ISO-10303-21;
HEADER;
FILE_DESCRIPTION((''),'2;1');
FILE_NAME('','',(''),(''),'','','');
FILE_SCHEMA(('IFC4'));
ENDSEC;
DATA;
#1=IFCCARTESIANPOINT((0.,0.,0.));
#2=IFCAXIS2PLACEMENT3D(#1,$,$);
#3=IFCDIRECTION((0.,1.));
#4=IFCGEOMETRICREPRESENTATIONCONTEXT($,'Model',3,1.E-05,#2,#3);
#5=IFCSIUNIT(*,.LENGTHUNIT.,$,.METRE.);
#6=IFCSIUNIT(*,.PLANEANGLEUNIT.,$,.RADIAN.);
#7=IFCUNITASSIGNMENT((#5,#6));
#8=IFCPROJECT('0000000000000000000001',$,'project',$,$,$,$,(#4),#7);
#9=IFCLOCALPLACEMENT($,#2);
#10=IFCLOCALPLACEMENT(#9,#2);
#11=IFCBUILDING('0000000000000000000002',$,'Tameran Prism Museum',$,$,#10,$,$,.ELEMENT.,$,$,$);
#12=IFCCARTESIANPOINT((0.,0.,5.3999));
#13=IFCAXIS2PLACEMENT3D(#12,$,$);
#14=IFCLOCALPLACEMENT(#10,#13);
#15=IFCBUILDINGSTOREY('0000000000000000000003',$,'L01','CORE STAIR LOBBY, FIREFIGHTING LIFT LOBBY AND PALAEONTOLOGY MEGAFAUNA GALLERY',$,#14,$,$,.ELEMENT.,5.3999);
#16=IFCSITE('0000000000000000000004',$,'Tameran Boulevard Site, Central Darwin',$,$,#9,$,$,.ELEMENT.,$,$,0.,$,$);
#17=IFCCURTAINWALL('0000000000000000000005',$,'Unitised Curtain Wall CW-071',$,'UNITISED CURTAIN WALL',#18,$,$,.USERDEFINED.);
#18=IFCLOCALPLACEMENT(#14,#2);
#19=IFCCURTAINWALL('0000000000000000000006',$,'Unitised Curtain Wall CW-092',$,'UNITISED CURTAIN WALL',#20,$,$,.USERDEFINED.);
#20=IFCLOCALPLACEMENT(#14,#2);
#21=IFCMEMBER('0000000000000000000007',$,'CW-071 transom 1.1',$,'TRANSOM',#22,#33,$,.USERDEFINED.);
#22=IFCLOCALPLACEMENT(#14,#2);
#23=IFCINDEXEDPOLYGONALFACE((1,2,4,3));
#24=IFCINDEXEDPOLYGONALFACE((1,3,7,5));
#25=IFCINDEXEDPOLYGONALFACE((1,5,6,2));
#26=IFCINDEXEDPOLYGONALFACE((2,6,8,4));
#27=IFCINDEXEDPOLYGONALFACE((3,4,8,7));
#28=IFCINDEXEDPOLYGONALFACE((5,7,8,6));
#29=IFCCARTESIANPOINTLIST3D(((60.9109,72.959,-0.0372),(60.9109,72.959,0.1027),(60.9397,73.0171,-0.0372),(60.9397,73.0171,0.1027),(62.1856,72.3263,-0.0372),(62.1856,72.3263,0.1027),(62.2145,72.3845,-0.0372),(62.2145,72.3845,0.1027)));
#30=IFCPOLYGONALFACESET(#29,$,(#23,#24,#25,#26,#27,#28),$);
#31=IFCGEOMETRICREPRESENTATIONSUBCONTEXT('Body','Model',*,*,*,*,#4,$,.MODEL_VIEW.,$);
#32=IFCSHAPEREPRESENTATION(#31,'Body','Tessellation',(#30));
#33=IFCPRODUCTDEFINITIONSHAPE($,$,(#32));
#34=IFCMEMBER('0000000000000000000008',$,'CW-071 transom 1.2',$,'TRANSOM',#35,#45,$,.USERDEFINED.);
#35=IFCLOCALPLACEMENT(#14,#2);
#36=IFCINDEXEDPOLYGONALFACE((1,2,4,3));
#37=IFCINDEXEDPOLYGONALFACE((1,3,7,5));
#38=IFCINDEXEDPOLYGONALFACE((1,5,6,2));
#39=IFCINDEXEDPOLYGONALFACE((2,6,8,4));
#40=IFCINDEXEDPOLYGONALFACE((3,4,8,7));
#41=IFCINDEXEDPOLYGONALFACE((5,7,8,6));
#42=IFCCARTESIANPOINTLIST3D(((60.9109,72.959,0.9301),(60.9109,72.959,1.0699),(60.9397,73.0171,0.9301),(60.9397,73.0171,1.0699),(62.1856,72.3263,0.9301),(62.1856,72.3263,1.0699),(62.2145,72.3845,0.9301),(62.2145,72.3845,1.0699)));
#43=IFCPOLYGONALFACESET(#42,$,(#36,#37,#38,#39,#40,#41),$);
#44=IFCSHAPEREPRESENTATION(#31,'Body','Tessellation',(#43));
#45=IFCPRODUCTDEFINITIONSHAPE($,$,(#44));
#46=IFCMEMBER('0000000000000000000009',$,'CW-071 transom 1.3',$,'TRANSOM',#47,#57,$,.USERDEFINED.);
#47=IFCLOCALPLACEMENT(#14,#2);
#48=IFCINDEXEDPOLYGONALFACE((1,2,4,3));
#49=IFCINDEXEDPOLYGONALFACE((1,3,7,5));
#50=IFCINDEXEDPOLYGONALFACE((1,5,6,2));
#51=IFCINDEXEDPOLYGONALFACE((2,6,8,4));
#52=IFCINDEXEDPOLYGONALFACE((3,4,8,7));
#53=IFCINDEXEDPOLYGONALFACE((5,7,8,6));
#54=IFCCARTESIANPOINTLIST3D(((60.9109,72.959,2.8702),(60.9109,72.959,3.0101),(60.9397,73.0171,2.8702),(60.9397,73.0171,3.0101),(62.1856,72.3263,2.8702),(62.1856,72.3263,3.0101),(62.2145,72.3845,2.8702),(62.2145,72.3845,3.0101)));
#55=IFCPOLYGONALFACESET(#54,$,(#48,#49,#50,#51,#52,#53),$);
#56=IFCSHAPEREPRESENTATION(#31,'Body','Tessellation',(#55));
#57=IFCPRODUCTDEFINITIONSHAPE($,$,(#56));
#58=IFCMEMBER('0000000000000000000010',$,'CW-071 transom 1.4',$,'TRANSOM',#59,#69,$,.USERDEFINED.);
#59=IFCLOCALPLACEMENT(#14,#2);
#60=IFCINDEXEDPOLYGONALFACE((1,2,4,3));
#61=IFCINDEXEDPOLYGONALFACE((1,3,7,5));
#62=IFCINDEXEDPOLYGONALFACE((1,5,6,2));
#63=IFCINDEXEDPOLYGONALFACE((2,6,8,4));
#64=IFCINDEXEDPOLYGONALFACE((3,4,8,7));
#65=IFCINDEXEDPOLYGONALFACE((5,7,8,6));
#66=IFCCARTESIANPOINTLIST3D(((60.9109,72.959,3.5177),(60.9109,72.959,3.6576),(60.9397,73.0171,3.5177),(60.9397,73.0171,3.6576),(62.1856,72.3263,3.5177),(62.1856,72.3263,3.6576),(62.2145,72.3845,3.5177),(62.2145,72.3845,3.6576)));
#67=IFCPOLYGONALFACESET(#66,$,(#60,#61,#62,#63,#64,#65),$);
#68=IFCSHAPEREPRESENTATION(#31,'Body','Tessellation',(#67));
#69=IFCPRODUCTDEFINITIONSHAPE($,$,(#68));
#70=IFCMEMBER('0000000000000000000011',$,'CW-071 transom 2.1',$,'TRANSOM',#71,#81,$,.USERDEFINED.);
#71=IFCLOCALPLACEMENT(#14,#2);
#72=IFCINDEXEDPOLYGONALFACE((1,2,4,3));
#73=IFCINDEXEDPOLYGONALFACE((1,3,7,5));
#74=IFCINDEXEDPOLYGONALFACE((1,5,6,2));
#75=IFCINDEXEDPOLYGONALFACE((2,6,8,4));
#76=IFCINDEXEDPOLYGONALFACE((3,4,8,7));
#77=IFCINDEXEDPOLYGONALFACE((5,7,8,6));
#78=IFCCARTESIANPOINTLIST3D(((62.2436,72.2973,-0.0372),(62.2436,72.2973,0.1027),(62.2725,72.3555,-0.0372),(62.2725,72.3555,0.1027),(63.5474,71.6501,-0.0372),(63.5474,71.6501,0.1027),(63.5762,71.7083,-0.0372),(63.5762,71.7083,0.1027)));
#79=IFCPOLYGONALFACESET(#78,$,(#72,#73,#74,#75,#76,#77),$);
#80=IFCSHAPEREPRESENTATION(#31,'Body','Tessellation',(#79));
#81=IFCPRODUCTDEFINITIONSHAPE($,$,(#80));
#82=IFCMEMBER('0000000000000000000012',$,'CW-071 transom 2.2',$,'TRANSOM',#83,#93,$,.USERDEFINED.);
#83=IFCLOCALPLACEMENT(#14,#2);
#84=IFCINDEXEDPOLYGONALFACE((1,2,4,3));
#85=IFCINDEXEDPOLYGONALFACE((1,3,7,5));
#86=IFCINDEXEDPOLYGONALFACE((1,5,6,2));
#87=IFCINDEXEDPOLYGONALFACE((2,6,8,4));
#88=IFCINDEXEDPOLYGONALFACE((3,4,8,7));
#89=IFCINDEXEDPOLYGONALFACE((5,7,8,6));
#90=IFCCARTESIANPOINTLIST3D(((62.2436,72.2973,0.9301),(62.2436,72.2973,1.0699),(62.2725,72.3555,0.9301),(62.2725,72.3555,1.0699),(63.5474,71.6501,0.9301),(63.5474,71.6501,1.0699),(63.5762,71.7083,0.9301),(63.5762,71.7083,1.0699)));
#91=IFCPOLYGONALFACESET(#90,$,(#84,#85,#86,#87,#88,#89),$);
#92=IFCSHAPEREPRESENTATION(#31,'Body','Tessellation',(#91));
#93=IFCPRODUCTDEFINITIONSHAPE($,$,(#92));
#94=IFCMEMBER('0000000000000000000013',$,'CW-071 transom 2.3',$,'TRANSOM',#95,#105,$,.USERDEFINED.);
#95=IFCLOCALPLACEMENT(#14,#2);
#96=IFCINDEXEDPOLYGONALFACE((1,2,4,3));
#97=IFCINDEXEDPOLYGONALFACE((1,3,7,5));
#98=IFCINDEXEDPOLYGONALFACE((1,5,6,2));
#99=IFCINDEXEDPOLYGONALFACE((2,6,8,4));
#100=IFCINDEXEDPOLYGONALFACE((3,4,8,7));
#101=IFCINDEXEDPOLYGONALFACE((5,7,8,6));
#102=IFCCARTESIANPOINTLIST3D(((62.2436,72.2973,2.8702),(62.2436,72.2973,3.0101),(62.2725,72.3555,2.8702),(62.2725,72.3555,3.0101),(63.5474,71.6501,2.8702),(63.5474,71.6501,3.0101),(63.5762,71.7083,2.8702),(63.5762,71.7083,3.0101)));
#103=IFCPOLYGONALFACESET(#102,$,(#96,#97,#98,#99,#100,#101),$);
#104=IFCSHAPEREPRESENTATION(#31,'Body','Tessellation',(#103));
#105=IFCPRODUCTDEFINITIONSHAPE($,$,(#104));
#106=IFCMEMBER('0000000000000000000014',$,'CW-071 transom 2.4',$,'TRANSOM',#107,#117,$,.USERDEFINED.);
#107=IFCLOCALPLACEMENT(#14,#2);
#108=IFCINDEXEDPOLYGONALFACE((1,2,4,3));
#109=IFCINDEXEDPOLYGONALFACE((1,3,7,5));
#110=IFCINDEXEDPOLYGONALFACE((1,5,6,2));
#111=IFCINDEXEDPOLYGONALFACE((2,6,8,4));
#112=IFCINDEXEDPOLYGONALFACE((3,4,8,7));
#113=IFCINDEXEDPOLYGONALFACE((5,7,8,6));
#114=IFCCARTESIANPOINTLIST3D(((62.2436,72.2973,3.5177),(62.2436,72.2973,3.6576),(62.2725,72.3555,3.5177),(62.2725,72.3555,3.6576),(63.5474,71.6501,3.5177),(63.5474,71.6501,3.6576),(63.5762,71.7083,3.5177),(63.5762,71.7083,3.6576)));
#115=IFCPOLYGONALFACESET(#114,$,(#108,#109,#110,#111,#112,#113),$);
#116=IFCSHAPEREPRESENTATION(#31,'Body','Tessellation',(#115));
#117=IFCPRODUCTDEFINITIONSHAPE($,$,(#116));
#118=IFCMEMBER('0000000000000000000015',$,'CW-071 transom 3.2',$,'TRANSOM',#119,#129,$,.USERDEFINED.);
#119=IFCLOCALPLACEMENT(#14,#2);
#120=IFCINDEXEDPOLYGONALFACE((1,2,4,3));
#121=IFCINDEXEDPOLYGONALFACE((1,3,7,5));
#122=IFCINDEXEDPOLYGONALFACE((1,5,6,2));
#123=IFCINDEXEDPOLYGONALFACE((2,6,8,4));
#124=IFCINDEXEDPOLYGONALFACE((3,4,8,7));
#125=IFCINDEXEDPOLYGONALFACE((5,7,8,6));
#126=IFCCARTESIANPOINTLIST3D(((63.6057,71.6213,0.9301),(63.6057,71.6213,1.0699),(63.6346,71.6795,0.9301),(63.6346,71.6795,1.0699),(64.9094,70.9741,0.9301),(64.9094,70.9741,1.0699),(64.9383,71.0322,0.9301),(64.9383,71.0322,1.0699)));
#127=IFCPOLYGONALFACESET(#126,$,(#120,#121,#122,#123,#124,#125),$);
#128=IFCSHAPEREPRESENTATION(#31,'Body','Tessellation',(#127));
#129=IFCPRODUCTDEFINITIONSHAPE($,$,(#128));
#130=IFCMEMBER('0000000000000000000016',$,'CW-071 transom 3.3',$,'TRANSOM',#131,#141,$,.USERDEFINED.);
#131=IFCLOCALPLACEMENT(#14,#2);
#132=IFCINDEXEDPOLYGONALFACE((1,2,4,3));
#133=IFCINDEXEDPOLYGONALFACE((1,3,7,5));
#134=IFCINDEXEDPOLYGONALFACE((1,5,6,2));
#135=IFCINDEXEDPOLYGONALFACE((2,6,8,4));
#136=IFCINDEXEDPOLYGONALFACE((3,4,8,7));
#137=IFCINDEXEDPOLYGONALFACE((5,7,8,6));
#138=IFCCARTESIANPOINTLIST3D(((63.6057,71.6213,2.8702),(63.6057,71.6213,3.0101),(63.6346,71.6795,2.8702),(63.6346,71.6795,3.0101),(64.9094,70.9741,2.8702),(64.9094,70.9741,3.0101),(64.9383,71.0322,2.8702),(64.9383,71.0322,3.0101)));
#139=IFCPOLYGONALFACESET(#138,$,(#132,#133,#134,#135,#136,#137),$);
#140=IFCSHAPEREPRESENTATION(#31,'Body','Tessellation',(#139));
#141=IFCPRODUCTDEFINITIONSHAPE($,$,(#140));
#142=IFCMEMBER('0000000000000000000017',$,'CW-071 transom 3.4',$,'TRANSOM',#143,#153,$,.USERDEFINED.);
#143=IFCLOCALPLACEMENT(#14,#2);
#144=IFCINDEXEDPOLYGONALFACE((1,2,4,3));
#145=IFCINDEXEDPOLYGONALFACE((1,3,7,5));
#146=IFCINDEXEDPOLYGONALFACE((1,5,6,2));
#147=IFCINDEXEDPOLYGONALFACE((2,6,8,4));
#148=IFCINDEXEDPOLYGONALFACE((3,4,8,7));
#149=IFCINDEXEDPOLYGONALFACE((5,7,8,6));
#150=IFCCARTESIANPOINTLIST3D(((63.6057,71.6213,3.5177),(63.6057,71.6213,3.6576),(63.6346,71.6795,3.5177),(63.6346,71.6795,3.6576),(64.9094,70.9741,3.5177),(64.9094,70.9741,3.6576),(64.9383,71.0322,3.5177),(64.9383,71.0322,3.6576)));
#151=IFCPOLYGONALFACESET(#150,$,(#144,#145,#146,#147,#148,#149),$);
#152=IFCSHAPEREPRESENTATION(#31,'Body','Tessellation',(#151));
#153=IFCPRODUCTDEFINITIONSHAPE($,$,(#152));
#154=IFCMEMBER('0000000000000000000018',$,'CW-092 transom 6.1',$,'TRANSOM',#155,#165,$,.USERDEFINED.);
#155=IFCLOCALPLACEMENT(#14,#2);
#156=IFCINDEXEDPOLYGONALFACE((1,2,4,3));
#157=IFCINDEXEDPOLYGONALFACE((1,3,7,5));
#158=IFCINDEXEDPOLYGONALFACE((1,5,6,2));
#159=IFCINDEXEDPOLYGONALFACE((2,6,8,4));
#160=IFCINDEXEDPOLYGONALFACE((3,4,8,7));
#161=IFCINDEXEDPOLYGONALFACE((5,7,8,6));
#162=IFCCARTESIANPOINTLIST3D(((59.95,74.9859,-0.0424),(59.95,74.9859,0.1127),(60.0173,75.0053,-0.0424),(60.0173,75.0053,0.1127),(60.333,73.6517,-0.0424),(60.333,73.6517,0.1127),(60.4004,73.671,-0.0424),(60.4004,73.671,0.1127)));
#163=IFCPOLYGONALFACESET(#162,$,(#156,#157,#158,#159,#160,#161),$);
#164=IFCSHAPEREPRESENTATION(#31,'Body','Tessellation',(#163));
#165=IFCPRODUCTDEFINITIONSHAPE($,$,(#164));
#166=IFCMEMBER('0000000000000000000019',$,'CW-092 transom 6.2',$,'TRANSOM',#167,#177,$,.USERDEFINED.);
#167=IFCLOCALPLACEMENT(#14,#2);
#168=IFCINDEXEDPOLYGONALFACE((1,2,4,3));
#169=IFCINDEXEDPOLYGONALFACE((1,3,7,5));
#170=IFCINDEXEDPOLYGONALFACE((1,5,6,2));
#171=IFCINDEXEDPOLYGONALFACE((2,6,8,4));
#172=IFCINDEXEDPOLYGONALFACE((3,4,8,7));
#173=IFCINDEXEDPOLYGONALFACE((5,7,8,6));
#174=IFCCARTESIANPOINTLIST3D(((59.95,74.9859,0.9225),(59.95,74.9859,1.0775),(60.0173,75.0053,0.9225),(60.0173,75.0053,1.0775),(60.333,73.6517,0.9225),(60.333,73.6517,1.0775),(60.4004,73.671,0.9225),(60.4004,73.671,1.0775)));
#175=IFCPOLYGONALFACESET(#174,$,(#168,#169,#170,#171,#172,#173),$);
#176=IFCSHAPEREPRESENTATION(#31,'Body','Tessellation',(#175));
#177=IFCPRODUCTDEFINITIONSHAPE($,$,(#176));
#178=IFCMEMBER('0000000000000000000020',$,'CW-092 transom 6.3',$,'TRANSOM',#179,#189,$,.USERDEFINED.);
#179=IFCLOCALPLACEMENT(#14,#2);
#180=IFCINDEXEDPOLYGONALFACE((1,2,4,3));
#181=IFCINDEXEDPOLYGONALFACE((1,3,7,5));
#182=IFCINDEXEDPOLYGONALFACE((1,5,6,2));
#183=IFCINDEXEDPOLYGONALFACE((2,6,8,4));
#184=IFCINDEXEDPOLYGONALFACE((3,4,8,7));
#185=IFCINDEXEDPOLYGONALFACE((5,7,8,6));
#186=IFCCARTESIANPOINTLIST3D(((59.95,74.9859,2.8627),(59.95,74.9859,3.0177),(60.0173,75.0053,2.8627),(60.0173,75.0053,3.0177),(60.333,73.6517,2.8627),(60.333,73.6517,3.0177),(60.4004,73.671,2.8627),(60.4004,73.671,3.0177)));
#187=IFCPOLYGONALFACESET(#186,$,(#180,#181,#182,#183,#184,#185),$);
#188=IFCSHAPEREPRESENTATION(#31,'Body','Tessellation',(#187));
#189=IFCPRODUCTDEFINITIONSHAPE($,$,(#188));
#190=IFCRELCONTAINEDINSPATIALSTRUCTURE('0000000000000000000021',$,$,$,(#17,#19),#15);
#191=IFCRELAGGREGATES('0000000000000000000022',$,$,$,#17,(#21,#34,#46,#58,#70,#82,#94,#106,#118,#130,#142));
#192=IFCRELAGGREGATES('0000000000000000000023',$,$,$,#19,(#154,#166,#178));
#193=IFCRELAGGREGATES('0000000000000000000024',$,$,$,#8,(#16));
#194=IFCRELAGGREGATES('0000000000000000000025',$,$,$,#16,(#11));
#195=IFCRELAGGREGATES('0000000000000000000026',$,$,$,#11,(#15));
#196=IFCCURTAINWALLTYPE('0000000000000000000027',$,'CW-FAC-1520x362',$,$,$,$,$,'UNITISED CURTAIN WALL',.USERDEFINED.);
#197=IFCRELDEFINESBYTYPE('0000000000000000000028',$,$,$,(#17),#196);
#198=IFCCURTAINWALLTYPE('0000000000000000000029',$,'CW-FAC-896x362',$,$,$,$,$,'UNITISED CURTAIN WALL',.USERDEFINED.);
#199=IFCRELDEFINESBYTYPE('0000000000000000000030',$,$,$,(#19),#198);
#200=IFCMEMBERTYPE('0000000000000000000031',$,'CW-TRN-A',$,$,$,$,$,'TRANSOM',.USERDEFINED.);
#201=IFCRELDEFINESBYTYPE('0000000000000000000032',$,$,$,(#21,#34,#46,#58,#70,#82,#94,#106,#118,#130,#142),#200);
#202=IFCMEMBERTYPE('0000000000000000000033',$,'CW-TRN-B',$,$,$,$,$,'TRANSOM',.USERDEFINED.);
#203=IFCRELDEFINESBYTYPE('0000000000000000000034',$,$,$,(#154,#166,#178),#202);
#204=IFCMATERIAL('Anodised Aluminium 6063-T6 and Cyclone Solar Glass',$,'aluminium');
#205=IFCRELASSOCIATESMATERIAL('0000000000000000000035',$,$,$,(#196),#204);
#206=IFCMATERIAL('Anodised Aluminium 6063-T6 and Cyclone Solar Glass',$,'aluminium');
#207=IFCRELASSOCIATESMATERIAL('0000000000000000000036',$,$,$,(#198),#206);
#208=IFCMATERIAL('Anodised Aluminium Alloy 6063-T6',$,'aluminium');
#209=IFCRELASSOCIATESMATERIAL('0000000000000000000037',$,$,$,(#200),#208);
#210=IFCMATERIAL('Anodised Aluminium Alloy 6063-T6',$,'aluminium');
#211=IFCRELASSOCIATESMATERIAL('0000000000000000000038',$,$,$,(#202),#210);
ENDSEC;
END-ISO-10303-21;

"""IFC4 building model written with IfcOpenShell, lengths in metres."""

from ifc_helpers import new_model, si_unit, direction, frame, origin, origin_2d, place, context, subcontext, project, spatial, rectangle, extrude, material, material_profile, profile_set, type_object, element, aggregate, save


model = new_model("IFC4")

# Units and contexts
model_context = context("Model", 3, precision=1e-05, world=origin(), true_north=direction((0.0, 1.0)))
body_context = subcontext(model_context, "Body", "Model", "MODEL_VIEW")
ifc_project = project(units=[si_unit("LENGTHUNIT", "METRE"), si_unit("PLANEANGLEUNIT", "RADIAN")], contexts=[model_context])

# Site, building, storey
site_placement = place(None, origin())
site = spatial("IfcSite", under=ifc_project, at=site_placement, Name="Tameran Boulevard Site, Central Darwin", CompositionType="ELEMENT", RefElevation=0.0)
building_placement = place(site_placement, origin())
building = spatial("IfcBuilding", under=site, at=building_placement, Name="Tameran Prism Museum", CompositionType="ELEMENT")
storey_placement = place(building_placement, frame((0.0, 0.0, 5.3999)))
storey = spatial("IfcBuildingStorey", under=building, at=storey_placement, Name="L01", Description="CORE STAIR LOBBY, FIREFIGHTING LIFT LOBBY AND PALAEONTOLOGY MEGAFAUNA GALLERY", CompositionType="ELEMENT", Elevation=5.3999)

# Curtain wall
ifc_material_1 = material(Name="Anodised Aluminium 6063-T6 and Cyclone Solar Glass", Category="aluminium")
curtain_wall_type_1 = type_object("IfcCurtainWallType", Name="CW-FAC-1520x362", ElementType="UNITISED CURTAIN WALL", PredefinedType="USERDEFINED", material=ifc_material_1)
curtain_wall_1_placement = place(storey_placement, origin())
curtain_wall_1 = element("IfcCurtainWall", 1, at=curtain_wall_1_placement, inside=storey, type_object=curtain_wall_type_1, Name="Unitised Curtain Wall CW-071", ObjectType="UNITISED CURTAIN WALL", PredefinedType="USERDEFINED")

# Curtain wall
ifc_material_2 = material(Name="Anodised Aluminium 6063-T6 and Cyclone Solar Glass", Category="aluminium")
curtain_wall_type_2 = type_object("IfcCurtainWallType", Name="CW-FAC-896x362", ElementType="UNITISED CURTAIN WALL", PredefinedType="USERDEFINED", material=ifc_material_2)
curtain_wall_2_placement = place(storey_placement, origin())
curtain_wall_2 = element("IfcCurtainWall", 2, at=curtain_wall_2_placement, inside=storey, type_object=curtain_wall_type_2, Name="Unitised Curtain Wall CW-092", ObjectType="UNITISED CURTAIN WALL", PredefinedType="USERDEFINED")

# Members
ifc_material_3 = material(Name="Anodised Aluminium Alloy 6063-T6", Category="aluminium")
ifc_material_profile_1 = material_profile(ifc_material_3, rectangle(XDim=0.0649, YDim=0.1399, at=origin_2d()))
ifc_profile_set_1 = profile_set([ifc_material_profile_1])
member_type_1 = type_object("IfcMemberType", Name="CW-TRN-A", ElementType="TRANSOM", PredefinedType="USERDEFINED", material=ifc_profile_set_1)
member_1_placement = place(storey_placement, frame((60.9253, 72.988, 0.0327), z_axis=(0.895761, -0.444535, 0.0), x_axis=(0.444535, 0.895761, 0.0)))
member_1 = element("IfcMember", 3, at=member_1_placement, type_object=member_type_1, Name="CW-071 transom 1.1", ObjectType="TRANSOM", PredefinedType="USERDEFINED", context=body_context, shape_type="SweptSolid", body=[
    extrude(rectangle(XDim=0.0649, YDim=0.1399, at=origin_2d()), origin(), (0.0, 0.0, 1.0), 1.4231),
])
member_2_placement = place(storey_placement, frame((60.9253, 72.988, 1.0), z_axis=(0.895761, -0.444535, 0.0), x_axis=(0.444535, 0.895761, 0.0)))
member_2 = element("IfcMember", 4, at=member_2_placement, type_object=member_type_1, Name="CW-071 transom 1.2", ObjectType="TRANSOM", PredefinedType="USERDEFINED", context=body_context, shape_type="SweptSolid", body=[
    extrude(rectangle(XDim=0.0649, YDim=0.1399, at=origin_2d()), origin(), (0.0, 0.0, 1.0), 1.4231),
])
member_3_placement = place(storey_placement, frame((60.9253, 72.988, 2.9402), z_axis=(0.895761, -0.444535, 0.0), x_axis=(0.444535, 0.895761, 0.0)))
member_3 = element("IfcMember", 5, at=member_3_placement, type_object=member_type_1, Name="CW-071 transom 1.3", ObjectType="TRANSOM", PredefinedType="USERDEFINED", context=body_context, shape_type="SweptSolid", body=[
    extrude(rectangle(XDim=0.0649, YDim=0.1399, at=origin_2d()), origin(), (0.0, 0.0, 1.0), 1.4231),
])
member_4_placement = place(storey_placement, frame((60.9253, 72.988, 3.5876), z_axis=(0.895761, -0.444535, 0.0), x_axis=(0.444535, 0.895761, 0.0)))
member_4 = element("IfcMember", 6, at=member_4_placement, type_object=member_type_1, Name="CW-071 transom 1.4", ObjectType="TRANSOM", PredefinedType="USERDEFINED", context=body_context, shape_type="SweptSolid", body=[
    extrude(rectangle(XDim=0.0649, YDim=0.1399, at=origin_2d()), origin(), (0.0, 0.0, 1.0), 1.4231),
])
member_5_placement = place(storey_placement, frame((62.2581, 72.3264, 0.0327), z_axis=(0.895698, -0.444662, 0.0), x_axis=(0.444662, 0.895698, 0.0)))
member_5 = element("IfcMember", 7, at=member_5_placement, type_object=member_type_1, Name="CW-071 transom 2.1", ObjectType="TRANSOM", PredefinedType="USERDEFINED", context=body_context, shape_type="SweptSolid", body=[
    extrude(rectangle(XDim=0.0649, YDim=0.1399, at=origin_2d()), origin(), (0.0, 0.0, 1.0), 1.4556),
])
member_6_placement = place(storey_placement, frame((62.2581, 72.3264, 1.0), z_axis=(0.895698, -0.444662, 0.0), x_axis=(0.444662, 0.895698, 0.0)))
member_6 = element("IfcMember", 8, at=member_6_placement, type_object=member_type_1, Name="CW-071 transom 2.2", ObjectType="TRANSOM", PredefinedType="USERDEFINED", context=body_context, shape_type="SweptSolid", body=[
    extrude(rectangle(XDim=0.0649, YDim=0.1399, at=origin_2d()), origin(), (0.0, 0.0, 1.0), 1.4556),
])
member_7_placement = place(storey_placement, frame((62.2581, 72.3264, 2.9402), z_axis=(0.895698, -0.444662, 0.0), x_axis=(0.444662, 0.895698, 0.0)))
member_7 = element("IfcMember", 9, at=member_7_placement, type_object=member_type_1, Name="CW-071 transom 2.3", ObjectType="TRANSOM", PredefinedType="USERDEFINED", context=body_context, shape_type="SweptSolid", body=[
    extrude(rectangle(XDim=0.0649, YDim=0.1399, at=origin_2d()), origin(), (0.0, 0.0, 1.0), 1.4556),
])
member_8_placement = place(storey_placement, frame((62.2581, 72.3264, 3.5876), z_axis=(0.895698, -0.444662, 0.0), x_axis=(0.444662, 0.895698, 0.0)))
member_8 = element("IfcMember", 10, at=member_8_placement, type_object=member_type_1, Name="CW-071 transom 2.4", ObjectType="TRANSOM", PredefinedType="USERDEFINED", context=body_context, shape_type="SweptSolid", body=[
    extrude(rectangle(XDim=0.0649, YDim=0.1399, at=origin_2d()), origin(), (0.0, 0.0, 1.0), 1.4556),
])
member_9_placement = place(storey_placement, frame((63.6201, 71.6504, 1.0), z_axis=(0.895698, -0.444662, 0.0), x_axis=(0.444662, 0.895698, 0.0)))
member_9 = element("IfcMember", 11, at=member_9_placement, type_object=member_type_1, Name="CW-071 transom 3.2", ObjectType="TRANSOM", PredefinedType="USERDEFINED", context=body_context, shape_type="SweptSolid", body=[
    extrude(rectangle(XDim=0.0649, YDim=0.1399, at=origin_2d()), origin(), (0.0, 0.0, 1.0), 1.4556),
])
member_10_placement = place(storey_placement, frame((63.6201, 71.6504, 2.9402), z_axis=(0.895698, -0.444662, 0.0), x_axis=(0.444662, 0.895698, 0.0)))
member_10 = element("IfcMember", 12, at=member_10_placement, type_object=member_type_1, Name="CW-071 transom 3.3", ObjectType="TRANSOM", PredefinedType="USERDEFINED", context=body_context, shape_type="SweptSolid", body=[
    extrude(rectangle(XDim=0.0649, YDim=0.1399, at=origin_2d()), origin(), (0.0, 0.0, 1.0), 1.4556),
])
member_11_placement = place(storey_placement, frame((63.6201, 71.6504, 3.5876), z_axis=(0.895698, -0.444662, 0.0), x_axis=(0.444662, 0.895698, 0.0)))
member_11 = element("IfcMember", 13, at=member_11_placement, type_object=member_type_1, Name="CW-071 transom 3.4", ObjectType="TRANSOM", PredefinedType="USERDEFINED", context=body_context, shape_type="SweptSolid", body=[
    extrude(rectangle(XDim=0.0649, YDim=0.1399, at=origin_2d()), origin(), (0.0, 0.0, 1.0), 1.4556),
])
ifc_material_4 = material(Name="Anodised Aluminium Alloy 6063-T6", Category="aluminium")
ifc_material_profile_2 = material_profile(ifc_material_4, rectangle(XDim=0.0701, YDim=0.155, at=origin_2d()))
ifc_profile_set_2 = profile_set([ifc_material_profile_2])
member_type_2 = type_object("IfcMemberType", Name="CW-TRN-B", ElementType="TRANSOM", PredefinedType="USERDEFINED", material=ifc_profile_set_2)
member_12_placement = place(storey_placement, frame((59.9836, 74.9956, 0.0352), z_axis=(0.275952, -0.961171, 0.0), x_axis=(0.961171, 0.275952, 0.0)))
member_12 = element("IfcMember", 14, at=member_12_placement, type_object=member_type_2, Name="CW-092 transom 6.1", ObjectType="TRANSOM", PredefinedType="USERDEFINED", context=body_context, shape_type="SweptSolid", body=[
    extrude(rectangle(XDim=0.0701, YDim=0.155, at=origin_2d()), origin(), (0.0, 0.0, 1.0), 1.3882),
])
member_13_placement = place(storey_placement, frame((59.9836, 74.9956, 1.0), z_axis=(0.275952, -0.961171, 0.0), x_axis=(0.961171, 0.275952, 0.0)))
member_13 = element("IfcMember", 15, at=member_13_placement, type_object=member_type_2, Name="CW-092 transom 6.2", ObjectType="TRANSOM", PredefinedType="USERDEFINED", context=body_context, shape_type="SweptSolid", body=[
    extrude(rectangle(XDim=0.0701, YDim=0.155, at=origin_2d()), origin(), (0.0, 0.0, 1.0), 1.3882),
])
member_14_placement = place(storey_placement, frame((59.9836, 74.9956, 2.9402), z_axis=(0.275952, -0.961171, 0.0), x_axis=(0.961171, 0.275952, 0.0)))
member_14 = element("IfcMember", 16, at=member_14_placement, type_object=member_type_2, Name="CW-092 transom 6.3", ObjectType="TRANSOM", PredefinedType="USERDEFINED", context=body_context, shape_type="SweptSolid", body=[
    extrude(rectangle(XDim=0.0701, YDim=0.155, at=origin_2d()), origin(), (0.0, 0.0, 1.0), 1.3882),
])

aggregate(curtain_wall_1, [member_1, member_2, member_3, member_4, member_5, member_6, member_7, member_8, member_9, member_10, member_11])
aggregate(curtain_wall_2, [member_12, member_13, member_14])

save(model, "model.ifc")
